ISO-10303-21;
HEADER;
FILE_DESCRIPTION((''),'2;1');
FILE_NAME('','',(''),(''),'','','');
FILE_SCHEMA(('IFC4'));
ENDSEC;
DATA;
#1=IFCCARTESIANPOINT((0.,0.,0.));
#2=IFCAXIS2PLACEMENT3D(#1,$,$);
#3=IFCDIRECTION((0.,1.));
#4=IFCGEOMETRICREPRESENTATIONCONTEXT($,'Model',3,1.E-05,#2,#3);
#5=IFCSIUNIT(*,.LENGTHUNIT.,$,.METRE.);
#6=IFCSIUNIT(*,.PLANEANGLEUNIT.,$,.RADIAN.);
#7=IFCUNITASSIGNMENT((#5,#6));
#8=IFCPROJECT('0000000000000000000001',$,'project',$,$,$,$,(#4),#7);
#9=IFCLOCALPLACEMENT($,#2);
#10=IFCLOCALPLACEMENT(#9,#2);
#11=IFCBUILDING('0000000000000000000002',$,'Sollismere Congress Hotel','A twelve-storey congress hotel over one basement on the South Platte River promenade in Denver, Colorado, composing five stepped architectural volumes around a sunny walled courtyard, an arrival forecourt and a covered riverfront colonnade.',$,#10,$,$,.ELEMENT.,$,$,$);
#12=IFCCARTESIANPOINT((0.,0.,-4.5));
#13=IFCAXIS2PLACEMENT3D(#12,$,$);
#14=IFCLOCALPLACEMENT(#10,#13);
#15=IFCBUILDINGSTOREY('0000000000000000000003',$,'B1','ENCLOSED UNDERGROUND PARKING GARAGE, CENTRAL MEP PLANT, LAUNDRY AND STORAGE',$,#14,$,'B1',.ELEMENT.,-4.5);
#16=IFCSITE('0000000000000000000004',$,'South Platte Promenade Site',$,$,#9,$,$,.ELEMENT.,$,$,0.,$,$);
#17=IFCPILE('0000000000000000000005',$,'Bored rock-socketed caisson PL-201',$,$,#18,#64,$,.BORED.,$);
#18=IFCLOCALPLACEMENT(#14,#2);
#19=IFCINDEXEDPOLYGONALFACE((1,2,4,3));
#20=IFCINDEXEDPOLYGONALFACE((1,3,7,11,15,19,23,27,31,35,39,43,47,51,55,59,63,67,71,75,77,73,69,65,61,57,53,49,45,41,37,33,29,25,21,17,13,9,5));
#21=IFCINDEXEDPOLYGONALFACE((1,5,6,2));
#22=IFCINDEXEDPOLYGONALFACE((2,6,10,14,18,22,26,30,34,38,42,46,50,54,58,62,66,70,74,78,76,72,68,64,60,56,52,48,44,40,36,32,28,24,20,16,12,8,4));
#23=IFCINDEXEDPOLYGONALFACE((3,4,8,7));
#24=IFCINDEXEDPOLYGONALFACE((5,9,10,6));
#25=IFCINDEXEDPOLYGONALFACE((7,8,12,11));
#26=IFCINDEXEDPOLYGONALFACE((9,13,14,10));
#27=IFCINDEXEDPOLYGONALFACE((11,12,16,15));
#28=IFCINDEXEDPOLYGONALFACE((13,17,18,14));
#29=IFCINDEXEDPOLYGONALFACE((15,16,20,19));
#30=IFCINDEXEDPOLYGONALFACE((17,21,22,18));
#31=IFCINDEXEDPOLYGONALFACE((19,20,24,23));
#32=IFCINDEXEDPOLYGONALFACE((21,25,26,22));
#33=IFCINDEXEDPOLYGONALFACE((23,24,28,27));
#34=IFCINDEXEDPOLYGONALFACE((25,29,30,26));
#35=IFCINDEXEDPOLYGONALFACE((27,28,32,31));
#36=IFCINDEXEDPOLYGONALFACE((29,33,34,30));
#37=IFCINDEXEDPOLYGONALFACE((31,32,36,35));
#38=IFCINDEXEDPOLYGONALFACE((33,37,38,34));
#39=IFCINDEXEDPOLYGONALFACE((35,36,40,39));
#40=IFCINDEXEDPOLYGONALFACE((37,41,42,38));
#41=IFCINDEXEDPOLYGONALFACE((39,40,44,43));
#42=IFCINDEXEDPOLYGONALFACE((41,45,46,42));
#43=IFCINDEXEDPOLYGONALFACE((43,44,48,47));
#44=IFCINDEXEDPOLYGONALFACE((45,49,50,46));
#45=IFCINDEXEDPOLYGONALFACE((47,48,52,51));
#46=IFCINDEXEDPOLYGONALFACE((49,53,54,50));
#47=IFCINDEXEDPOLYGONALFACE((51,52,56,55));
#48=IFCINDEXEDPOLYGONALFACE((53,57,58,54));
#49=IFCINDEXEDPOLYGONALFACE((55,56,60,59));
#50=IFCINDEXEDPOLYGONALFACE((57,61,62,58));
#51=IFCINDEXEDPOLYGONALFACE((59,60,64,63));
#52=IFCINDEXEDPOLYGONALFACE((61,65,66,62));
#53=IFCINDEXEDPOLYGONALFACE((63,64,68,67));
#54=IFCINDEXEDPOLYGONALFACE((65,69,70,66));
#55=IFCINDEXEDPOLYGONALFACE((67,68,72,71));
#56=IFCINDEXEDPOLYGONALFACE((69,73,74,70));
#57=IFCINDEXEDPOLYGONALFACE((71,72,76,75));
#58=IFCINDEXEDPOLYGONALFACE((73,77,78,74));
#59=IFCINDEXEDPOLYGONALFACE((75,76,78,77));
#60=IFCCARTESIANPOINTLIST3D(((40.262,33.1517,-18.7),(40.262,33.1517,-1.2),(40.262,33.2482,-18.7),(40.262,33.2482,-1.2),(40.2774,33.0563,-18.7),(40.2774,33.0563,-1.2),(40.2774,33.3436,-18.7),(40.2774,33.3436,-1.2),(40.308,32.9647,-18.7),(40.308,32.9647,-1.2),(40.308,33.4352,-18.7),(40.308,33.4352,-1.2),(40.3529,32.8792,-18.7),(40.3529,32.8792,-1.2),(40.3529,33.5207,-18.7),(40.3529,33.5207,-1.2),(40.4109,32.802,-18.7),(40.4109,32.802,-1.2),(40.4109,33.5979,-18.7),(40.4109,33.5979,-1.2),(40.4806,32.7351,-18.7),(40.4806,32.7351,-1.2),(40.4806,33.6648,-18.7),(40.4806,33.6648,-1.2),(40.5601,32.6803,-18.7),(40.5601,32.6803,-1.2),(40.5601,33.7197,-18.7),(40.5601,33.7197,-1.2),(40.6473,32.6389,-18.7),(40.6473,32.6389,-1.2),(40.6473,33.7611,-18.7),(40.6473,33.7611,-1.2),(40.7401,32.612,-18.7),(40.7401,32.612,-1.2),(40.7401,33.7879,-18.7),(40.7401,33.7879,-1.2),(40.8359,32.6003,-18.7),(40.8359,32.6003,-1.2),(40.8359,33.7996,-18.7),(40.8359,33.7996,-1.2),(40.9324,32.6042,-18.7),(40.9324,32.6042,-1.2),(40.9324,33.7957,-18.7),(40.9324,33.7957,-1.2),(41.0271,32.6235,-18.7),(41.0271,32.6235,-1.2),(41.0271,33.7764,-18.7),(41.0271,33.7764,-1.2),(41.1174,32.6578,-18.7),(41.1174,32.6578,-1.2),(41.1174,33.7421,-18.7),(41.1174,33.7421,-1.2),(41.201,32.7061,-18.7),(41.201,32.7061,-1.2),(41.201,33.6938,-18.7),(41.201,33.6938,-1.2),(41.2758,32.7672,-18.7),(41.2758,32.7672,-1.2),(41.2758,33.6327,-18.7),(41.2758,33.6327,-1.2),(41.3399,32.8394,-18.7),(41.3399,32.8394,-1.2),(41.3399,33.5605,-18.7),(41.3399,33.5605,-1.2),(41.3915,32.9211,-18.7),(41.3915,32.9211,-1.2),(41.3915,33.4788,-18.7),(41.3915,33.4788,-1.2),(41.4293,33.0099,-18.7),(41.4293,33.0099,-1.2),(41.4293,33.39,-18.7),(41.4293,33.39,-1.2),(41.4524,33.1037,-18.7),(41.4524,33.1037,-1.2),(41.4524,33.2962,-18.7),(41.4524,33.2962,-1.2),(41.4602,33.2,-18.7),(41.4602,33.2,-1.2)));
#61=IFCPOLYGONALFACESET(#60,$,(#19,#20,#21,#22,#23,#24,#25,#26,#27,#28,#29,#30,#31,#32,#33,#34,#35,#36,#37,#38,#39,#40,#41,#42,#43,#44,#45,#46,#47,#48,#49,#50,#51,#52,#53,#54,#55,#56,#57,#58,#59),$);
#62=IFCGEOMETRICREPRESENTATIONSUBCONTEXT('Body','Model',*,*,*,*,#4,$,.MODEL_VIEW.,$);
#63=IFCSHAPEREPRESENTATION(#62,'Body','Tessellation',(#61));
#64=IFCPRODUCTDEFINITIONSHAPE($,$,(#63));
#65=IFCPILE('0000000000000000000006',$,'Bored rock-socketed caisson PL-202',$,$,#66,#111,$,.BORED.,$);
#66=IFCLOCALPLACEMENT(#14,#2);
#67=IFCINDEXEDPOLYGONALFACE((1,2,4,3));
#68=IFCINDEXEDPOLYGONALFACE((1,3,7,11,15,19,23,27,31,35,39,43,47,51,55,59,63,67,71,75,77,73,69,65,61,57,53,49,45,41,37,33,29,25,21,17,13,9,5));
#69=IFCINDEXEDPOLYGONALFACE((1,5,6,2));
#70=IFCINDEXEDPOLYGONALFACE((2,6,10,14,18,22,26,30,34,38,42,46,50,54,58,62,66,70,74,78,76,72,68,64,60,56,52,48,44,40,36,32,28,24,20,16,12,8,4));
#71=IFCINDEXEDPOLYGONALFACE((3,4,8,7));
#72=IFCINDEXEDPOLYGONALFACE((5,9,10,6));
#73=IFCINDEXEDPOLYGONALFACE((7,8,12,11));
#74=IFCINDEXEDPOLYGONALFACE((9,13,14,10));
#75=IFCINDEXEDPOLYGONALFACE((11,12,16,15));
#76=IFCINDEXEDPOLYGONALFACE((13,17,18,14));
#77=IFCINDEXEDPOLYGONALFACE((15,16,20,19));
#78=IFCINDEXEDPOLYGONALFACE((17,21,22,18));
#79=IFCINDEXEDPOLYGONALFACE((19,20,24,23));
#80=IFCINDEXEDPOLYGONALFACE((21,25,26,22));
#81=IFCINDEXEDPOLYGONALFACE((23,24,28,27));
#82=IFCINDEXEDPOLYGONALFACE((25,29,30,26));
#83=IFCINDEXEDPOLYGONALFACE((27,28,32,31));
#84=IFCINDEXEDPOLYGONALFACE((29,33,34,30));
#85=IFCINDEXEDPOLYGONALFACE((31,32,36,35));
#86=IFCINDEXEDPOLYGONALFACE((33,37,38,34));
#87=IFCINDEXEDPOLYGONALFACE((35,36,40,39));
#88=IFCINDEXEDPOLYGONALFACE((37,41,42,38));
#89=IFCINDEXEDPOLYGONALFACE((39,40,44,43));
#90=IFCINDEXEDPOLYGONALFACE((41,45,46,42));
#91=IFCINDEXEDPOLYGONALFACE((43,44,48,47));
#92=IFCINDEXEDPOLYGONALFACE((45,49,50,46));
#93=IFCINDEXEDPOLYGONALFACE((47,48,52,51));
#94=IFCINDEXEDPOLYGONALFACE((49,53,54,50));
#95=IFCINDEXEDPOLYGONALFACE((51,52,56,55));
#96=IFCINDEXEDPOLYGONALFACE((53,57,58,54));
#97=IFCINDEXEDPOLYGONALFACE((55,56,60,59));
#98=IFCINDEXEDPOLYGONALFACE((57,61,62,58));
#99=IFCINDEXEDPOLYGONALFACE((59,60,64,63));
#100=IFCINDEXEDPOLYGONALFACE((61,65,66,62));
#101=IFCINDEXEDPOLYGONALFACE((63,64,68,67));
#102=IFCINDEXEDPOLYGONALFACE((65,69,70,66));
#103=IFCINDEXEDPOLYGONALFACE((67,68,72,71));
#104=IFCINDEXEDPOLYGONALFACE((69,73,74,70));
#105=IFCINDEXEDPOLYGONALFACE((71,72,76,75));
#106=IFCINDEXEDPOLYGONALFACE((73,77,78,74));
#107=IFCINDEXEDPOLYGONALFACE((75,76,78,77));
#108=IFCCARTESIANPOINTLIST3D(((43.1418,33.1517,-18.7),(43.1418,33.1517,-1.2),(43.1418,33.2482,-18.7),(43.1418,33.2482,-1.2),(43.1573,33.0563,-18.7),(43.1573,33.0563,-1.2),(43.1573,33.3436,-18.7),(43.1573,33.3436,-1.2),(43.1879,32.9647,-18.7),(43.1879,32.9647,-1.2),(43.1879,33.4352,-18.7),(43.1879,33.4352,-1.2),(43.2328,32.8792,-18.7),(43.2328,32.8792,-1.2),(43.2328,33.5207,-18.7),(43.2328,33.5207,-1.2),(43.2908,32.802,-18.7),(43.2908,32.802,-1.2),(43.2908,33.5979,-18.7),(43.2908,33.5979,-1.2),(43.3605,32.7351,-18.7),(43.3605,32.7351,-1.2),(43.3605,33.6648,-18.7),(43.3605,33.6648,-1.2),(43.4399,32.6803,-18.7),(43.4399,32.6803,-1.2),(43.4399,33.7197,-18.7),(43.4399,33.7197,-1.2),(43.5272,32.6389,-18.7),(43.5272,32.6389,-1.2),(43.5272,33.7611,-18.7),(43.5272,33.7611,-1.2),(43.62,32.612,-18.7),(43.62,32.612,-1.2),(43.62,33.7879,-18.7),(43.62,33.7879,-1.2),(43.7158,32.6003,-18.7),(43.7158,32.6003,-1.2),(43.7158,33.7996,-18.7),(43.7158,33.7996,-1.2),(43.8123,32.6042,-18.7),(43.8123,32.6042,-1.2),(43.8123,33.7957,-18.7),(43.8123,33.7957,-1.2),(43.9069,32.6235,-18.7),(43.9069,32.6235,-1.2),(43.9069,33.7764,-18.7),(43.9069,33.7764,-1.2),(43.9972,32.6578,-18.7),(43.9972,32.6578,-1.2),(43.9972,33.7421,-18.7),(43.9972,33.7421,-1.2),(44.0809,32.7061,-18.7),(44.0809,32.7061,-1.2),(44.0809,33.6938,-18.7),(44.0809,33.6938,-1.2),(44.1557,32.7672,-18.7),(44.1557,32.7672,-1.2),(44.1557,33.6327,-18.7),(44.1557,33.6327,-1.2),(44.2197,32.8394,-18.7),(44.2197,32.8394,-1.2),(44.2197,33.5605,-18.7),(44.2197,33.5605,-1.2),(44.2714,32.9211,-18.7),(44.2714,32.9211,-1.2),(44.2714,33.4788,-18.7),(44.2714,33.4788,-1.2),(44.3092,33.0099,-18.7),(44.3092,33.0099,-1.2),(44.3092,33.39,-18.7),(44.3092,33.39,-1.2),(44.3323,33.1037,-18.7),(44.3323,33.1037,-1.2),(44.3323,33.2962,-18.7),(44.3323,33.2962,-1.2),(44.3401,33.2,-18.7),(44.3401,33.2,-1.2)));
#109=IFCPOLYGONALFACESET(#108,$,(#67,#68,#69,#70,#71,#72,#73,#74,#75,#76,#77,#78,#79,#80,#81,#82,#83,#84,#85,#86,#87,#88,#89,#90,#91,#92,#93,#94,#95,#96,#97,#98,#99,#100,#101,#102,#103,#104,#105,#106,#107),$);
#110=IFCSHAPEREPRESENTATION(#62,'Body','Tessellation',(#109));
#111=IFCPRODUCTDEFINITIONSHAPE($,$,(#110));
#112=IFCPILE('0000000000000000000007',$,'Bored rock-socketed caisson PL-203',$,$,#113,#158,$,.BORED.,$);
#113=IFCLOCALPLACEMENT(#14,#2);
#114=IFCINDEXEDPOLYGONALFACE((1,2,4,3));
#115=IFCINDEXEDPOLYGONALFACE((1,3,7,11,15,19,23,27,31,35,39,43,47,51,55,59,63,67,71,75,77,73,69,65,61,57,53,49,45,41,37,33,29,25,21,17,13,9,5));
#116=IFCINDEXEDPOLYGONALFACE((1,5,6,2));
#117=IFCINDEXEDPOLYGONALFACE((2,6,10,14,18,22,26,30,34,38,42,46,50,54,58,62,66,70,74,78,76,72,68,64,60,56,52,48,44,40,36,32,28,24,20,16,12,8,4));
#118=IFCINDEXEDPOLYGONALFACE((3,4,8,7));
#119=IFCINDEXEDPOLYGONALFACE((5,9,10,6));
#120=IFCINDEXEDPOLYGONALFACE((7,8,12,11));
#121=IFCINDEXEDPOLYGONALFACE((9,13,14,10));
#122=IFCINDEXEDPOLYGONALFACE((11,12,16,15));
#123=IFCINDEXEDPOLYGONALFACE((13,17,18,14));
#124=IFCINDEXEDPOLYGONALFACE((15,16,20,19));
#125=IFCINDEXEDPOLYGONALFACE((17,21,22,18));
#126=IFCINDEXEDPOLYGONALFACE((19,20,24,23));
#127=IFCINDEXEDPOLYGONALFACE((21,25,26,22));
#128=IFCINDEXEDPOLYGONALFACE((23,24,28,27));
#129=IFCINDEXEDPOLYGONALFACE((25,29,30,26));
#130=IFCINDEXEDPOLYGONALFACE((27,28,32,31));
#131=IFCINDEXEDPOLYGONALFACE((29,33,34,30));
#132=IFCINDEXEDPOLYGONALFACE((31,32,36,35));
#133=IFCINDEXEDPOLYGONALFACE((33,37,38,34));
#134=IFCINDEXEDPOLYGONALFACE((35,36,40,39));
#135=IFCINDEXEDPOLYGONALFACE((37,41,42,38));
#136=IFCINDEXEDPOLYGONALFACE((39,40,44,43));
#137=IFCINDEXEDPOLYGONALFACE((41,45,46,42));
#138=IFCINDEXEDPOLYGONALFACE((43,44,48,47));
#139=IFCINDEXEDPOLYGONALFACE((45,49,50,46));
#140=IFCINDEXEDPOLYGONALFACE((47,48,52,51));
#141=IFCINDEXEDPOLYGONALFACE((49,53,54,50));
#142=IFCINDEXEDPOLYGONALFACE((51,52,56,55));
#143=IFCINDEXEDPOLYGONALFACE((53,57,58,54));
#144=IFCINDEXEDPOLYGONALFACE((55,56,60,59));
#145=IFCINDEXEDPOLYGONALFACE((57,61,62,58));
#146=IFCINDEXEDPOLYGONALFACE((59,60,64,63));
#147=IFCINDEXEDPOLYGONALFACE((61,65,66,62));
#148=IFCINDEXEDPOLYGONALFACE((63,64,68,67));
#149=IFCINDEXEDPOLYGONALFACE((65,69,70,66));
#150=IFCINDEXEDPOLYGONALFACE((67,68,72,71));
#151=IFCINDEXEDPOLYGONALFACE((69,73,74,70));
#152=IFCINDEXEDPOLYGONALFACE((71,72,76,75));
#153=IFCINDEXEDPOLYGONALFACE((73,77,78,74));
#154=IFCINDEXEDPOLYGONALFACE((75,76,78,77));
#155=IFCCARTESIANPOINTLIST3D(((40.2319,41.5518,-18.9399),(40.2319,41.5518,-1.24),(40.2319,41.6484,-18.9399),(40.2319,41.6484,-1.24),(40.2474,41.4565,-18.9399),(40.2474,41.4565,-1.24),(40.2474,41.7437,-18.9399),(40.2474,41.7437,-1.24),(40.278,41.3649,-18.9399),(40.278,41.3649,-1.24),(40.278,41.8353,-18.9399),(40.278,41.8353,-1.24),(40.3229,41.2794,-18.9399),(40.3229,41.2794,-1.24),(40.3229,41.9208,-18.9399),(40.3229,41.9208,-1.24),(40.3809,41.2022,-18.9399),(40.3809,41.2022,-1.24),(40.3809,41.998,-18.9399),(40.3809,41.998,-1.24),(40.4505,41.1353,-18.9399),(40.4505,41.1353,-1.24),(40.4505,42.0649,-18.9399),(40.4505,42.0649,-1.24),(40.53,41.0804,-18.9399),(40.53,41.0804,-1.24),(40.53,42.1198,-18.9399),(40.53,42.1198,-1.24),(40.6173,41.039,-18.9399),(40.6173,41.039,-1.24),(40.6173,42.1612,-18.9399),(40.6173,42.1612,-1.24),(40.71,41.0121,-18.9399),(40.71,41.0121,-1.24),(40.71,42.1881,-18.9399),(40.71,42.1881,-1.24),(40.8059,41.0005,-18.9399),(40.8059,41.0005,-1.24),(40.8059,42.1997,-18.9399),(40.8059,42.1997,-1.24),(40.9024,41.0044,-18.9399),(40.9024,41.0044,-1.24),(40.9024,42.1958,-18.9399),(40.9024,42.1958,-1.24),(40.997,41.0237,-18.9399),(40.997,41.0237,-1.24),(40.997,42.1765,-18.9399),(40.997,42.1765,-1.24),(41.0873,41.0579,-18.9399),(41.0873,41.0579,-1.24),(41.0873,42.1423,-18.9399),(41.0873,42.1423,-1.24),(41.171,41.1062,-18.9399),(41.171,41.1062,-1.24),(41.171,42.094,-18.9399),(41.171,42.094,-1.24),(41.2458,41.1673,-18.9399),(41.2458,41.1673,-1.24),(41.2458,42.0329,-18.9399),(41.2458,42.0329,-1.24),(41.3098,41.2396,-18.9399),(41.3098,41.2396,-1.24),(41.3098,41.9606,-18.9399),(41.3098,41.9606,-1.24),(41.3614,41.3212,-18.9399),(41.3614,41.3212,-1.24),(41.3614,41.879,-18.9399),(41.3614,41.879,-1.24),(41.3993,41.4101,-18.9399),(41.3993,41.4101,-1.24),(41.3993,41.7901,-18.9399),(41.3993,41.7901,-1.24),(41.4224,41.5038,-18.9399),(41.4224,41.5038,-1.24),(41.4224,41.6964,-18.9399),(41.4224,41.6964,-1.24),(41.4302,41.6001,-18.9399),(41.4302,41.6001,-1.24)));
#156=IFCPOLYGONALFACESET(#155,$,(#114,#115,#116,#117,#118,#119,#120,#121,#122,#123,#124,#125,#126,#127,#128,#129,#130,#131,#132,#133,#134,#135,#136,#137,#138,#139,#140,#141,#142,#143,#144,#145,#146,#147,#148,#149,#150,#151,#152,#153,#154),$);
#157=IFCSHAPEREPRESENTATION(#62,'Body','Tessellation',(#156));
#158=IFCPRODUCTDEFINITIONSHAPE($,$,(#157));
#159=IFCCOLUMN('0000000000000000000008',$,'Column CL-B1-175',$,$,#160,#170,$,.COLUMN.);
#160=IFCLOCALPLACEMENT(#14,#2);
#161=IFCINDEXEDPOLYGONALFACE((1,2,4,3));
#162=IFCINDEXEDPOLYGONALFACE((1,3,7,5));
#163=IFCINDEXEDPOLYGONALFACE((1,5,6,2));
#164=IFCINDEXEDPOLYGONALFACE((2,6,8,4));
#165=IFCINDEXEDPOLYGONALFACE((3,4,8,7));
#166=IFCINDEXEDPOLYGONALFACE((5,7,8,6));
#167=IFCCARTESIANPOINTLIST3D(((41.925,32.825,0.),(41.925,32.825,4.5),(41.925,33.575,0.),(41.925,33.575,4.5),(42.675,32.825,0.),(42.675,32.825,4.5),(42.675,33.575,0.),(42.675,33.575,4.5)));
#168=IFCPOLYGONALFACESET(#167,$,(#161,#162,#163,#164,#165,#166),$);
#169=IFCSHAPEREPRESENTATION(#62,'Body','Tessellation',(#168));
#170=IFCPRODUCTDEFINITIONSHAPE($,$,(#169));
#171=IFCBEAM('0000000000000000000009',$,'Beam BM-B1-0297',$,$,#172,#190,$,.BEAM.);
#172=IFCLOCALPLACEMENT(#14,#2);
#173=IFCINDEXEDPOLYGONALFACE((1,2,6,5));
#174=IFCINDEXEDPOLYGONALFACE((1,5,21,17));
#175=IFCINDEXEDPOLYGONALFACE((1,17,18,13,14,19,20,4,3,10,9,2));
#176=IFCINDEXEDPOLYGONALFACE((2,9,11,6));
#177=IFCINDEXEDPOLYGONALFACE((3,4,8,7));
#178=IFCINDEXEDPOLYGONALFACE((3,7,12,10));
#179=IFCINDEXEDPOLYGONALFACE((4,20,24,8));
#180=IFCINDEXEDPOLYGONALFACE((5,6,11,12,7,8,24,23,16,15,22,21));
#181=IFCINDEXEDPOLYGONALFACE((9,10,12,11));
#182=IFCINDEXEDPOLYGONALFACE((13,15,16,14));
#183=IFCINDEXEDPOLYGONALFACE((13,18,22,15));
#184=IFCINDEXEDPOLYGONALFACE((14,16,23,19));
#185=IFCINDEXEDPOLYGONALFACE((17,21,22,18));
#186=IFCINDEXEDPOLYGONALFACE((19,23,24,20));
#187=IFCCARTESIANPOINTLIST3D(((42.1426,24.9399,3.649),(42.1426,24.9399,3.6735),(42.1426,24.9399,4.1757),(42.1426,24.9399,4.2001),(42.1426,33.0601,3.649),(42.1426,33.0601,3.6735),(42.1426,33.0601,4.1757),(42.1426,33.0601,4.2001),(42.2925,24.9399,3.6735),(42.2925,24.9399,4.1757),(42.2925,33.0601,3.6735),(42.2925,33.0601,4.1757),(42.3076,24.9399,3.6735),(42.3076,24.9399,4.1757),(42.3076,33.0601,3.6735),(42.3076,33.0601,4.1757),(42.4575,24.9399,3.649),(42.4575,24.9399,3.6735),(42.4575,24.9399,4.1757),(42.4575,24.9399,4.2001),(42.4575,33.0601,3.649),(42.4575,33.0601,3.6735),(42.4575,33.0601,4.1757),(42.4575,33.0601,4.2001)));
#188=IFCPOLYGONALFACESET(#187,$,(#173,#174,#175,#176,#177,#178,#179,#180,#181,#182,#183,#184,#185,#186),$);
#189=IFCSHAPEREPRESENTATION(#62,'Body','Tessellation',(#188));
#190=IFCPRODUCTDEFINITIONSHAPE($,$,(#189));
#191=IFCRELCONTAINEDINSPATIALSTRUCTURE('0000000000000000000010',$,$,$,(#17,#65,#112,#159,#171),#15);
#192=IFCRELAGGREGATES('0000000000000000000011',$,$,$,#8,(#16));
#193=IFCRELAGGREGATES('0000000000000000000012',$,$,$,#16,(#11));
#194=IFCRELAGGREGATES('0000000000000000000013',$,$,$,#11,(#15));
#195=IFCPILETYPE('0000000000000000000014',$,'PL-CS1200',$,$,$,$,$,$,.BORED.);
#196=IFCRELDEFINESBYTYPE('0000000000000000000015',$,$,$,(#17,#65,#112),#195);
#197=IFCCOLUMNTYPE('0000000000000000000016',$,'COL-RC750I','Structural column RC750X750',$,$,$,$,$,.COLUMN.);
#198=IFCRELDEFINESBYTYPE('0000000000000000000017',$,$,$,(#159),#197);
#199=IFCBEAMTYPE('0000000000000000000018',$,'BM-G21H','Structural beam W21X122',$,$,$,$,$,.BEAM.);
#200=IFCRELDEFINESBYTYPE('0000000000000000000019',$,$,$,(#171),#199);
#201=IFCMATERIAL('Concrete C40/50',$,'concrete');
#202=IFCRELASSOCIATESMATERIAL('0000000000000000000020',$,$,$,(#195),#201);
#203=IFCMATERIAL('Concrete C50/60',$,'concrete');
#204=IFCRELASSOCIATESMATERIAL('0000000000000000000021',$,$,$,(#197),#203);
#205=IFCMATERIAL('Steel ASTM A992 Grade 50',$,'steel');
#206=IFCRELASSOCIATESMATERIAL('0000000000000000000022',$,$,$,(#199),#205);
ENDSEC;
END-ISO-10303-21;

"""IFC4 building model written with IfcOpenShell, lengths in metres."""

from ifc_helpers import new_model, si_unit, direction, frame, origin, origin_2d, place, context, subcontext, project, spatial, rectangle, circle, i_section, extrude, material, material_profile, profile_set, type_object, element, save


model = new_model("IFC4")

# Units and contexts
model_context = context("Model", 3, precision=1e-05, world=origin(), true_north=direction((0.0, 1.0)))
body_context = subcontext(model_context, "Body", "Model", "MODEL_VIEW")
ifc_project = project(units=[si_unit("LENGTHUNIT", "METRE"), si_unit("PLANEANGLEUNIT", "RADIAN")], contexts=[model_context])

# Site, building, storey
site_placement = place(None, origin())
site = spatial("IfcSite", under=ifc_project, at=site_placement, Name="South Platte Promenade Site", CompositionType="ELEMENT", RefElevation=0.0)
building_placement = place(site_placement, origin())
building = spatial("IfcBuilding", under=site, at=building_placement, Name="Sollismere Congress Hotel", Description="A twelve-storey congress hotel over one basement on the South Platte River promenade in Denver, Colorado, composing five stepped architectural volumes around a sunny walled courtyard, an arrival forecourt and a covered riverfront colonnade.", CompositionType="ELEMENT")
storey_placement = place(building_placement, frame((0.0, 0.0, -4.5)))
storey = spatial("IfcBuildingStorey", under=building, at=storey_placement, Name="B1", Description="ENCLOSED UNDERGROUND PARKING GARAGE, CENTRAL MEP PLANT, LAUNDRY AND STORAGE", LongName="B1", CompositionType="ELEMENT", Elevation=-4.5)

# Shared definitions
ifc_material_1 = material(Name="Concrete C40/50", Category="concrete")

# Piles
ifc_material_profile_1 = material_profile(ifc_material_1, circle(Radius=0.6001, at=origin_2d()), Name="CAISSON1200")
ifc_profile_set_1 = profile_set([ifc_material_profile_1], Name="Concrete C40/50")
pile_type = type_object("IfcPileType", Name="PL-CS1200", PredefinedType="BORED", material=ifc_profile_set_1)
for number, where, z_axis, x_axis, name in (
    (1, (40.8601, 33.2, -1.2), (0.0, 0.0, -1.0), (1.0, 0.0, 0.0), "Bored rock-socketed caisson PL-201"),
    (2, (43.74, 33.2, -1.2), (0.0, 0.0, -1.0), (1.0, 0.0, 0.0), "Bored rock-socketed caisson PL-202"),
):
    element("IfcPile", number, at=place(storey_placement, frame(where, z_axis=z_axis, x_axis=x_axis)), inside=storey, type_object=pile_type, Name=name, PredefinedType="BORED", context=body_context, shape_type="SweptSolid", body=[
        extrude(circle(Radius=0.6001, at=origin_2d()), origin(), (0.0, 0.0, 1.0), 17.5),
    ])
pile_1_placement = place(storey_placement, frame((40.8301, 41.6001, -1.24), z_axis=(0.0, 0.0, -1.0), x_axis=(1.0, 0.0, 0.0)))
element("IfcPile", 3, at=pile_1_placement, inside=storey, type_object=pile_type, Name="Bored rock-socketed caisson PL-203", PredefinedType="BORED", context=body_context, shape_type="SweptSolid", body=[
    extrude(circle(Radius=0.6001, at=origin_2d()), origin(), (0.0, 0.0, 1.0), 17.7),
])

# Column
ifc_material_2 = material(Name="Concrete C50/60", Category="concrete")
ifc_material_profile_2 = material_profile(ifc_material_2, rectangle(XDim=0.75, YDim=0.75, at=origin_2d()), Name="RC750X750")
ifc_profile_set_2 = profile_set([ifc_material_profile_2], Name="Concrete C50/60")
column_type = type_object("IfcColumnType", Name="COL-RC750I", Description="Structural column RC750X750", PredefinedType="COLUMN", material=ifc_profile_set_2)
column_placement = place(storey_placement, frame((42.3, 33.2, 0.0), z_axis=(0.0, 0.0, 1.0), x_axis=(1.0, 0.0, 0.0)))
element("IfcColumn", 4, at=column_placement, inside=storey, type_object=column_type, Name="Column CL-B1-175", PredefinedType="COLUMN", context=body_context, shape_type="SweptSolid", body=[
    extrude(rectangle(XDim=0.75, YDim=0.75, at=origin_2d()), origin(), (0.0, 0.0, 1.0), 4.5),
])

# Beam
ifc_material_3 = material(Name="Steel ASTM A992 Grade 50", Category="steel")
ifc_material_profile_3 = material_profile(ifc_material_3, i_section(OverallWidth=0.3149, OverallDepth=0.551, WebThickness=0.0151, FlangeThickness=0.0244, at=origin_2d()), Name="W21X122")
ifc_profile_set_3 = profile_set([ifc_material_profile_3], Name="Steel ASTM A992 Grade 50")
beam_type_1 = type_object("IfcBeamType", Name="BM-G21H", Description="Structural beam W21X122", PredefinedType="BEAM", material=ifc_profile_set_3)
beam_1_placement = place(storey_placement, frame((42.3, 24.9399, 3.9246), z_axis=(0.0, 1.0, 0.0), x_axis=(-1.0, 0.0, 0.0)))
element("IfcBeam", 5, at=beam_1_placement, inside=storey, type_object=beam_type_1, Name="Beam BM-B1-0297", PredefinedType="BEAM", context=body_context, shape_type="SweptSolid", body=[
    extrude(i_section(OverallWidth=0.3149, OverallDepth=0.551, WebThickness=0.0151, FlangeThickness=0.0244, at=origin_2d()), origin(), (0.0, 0.0, 1.0), 8.1201),
])

save(model, "model.ifc")
